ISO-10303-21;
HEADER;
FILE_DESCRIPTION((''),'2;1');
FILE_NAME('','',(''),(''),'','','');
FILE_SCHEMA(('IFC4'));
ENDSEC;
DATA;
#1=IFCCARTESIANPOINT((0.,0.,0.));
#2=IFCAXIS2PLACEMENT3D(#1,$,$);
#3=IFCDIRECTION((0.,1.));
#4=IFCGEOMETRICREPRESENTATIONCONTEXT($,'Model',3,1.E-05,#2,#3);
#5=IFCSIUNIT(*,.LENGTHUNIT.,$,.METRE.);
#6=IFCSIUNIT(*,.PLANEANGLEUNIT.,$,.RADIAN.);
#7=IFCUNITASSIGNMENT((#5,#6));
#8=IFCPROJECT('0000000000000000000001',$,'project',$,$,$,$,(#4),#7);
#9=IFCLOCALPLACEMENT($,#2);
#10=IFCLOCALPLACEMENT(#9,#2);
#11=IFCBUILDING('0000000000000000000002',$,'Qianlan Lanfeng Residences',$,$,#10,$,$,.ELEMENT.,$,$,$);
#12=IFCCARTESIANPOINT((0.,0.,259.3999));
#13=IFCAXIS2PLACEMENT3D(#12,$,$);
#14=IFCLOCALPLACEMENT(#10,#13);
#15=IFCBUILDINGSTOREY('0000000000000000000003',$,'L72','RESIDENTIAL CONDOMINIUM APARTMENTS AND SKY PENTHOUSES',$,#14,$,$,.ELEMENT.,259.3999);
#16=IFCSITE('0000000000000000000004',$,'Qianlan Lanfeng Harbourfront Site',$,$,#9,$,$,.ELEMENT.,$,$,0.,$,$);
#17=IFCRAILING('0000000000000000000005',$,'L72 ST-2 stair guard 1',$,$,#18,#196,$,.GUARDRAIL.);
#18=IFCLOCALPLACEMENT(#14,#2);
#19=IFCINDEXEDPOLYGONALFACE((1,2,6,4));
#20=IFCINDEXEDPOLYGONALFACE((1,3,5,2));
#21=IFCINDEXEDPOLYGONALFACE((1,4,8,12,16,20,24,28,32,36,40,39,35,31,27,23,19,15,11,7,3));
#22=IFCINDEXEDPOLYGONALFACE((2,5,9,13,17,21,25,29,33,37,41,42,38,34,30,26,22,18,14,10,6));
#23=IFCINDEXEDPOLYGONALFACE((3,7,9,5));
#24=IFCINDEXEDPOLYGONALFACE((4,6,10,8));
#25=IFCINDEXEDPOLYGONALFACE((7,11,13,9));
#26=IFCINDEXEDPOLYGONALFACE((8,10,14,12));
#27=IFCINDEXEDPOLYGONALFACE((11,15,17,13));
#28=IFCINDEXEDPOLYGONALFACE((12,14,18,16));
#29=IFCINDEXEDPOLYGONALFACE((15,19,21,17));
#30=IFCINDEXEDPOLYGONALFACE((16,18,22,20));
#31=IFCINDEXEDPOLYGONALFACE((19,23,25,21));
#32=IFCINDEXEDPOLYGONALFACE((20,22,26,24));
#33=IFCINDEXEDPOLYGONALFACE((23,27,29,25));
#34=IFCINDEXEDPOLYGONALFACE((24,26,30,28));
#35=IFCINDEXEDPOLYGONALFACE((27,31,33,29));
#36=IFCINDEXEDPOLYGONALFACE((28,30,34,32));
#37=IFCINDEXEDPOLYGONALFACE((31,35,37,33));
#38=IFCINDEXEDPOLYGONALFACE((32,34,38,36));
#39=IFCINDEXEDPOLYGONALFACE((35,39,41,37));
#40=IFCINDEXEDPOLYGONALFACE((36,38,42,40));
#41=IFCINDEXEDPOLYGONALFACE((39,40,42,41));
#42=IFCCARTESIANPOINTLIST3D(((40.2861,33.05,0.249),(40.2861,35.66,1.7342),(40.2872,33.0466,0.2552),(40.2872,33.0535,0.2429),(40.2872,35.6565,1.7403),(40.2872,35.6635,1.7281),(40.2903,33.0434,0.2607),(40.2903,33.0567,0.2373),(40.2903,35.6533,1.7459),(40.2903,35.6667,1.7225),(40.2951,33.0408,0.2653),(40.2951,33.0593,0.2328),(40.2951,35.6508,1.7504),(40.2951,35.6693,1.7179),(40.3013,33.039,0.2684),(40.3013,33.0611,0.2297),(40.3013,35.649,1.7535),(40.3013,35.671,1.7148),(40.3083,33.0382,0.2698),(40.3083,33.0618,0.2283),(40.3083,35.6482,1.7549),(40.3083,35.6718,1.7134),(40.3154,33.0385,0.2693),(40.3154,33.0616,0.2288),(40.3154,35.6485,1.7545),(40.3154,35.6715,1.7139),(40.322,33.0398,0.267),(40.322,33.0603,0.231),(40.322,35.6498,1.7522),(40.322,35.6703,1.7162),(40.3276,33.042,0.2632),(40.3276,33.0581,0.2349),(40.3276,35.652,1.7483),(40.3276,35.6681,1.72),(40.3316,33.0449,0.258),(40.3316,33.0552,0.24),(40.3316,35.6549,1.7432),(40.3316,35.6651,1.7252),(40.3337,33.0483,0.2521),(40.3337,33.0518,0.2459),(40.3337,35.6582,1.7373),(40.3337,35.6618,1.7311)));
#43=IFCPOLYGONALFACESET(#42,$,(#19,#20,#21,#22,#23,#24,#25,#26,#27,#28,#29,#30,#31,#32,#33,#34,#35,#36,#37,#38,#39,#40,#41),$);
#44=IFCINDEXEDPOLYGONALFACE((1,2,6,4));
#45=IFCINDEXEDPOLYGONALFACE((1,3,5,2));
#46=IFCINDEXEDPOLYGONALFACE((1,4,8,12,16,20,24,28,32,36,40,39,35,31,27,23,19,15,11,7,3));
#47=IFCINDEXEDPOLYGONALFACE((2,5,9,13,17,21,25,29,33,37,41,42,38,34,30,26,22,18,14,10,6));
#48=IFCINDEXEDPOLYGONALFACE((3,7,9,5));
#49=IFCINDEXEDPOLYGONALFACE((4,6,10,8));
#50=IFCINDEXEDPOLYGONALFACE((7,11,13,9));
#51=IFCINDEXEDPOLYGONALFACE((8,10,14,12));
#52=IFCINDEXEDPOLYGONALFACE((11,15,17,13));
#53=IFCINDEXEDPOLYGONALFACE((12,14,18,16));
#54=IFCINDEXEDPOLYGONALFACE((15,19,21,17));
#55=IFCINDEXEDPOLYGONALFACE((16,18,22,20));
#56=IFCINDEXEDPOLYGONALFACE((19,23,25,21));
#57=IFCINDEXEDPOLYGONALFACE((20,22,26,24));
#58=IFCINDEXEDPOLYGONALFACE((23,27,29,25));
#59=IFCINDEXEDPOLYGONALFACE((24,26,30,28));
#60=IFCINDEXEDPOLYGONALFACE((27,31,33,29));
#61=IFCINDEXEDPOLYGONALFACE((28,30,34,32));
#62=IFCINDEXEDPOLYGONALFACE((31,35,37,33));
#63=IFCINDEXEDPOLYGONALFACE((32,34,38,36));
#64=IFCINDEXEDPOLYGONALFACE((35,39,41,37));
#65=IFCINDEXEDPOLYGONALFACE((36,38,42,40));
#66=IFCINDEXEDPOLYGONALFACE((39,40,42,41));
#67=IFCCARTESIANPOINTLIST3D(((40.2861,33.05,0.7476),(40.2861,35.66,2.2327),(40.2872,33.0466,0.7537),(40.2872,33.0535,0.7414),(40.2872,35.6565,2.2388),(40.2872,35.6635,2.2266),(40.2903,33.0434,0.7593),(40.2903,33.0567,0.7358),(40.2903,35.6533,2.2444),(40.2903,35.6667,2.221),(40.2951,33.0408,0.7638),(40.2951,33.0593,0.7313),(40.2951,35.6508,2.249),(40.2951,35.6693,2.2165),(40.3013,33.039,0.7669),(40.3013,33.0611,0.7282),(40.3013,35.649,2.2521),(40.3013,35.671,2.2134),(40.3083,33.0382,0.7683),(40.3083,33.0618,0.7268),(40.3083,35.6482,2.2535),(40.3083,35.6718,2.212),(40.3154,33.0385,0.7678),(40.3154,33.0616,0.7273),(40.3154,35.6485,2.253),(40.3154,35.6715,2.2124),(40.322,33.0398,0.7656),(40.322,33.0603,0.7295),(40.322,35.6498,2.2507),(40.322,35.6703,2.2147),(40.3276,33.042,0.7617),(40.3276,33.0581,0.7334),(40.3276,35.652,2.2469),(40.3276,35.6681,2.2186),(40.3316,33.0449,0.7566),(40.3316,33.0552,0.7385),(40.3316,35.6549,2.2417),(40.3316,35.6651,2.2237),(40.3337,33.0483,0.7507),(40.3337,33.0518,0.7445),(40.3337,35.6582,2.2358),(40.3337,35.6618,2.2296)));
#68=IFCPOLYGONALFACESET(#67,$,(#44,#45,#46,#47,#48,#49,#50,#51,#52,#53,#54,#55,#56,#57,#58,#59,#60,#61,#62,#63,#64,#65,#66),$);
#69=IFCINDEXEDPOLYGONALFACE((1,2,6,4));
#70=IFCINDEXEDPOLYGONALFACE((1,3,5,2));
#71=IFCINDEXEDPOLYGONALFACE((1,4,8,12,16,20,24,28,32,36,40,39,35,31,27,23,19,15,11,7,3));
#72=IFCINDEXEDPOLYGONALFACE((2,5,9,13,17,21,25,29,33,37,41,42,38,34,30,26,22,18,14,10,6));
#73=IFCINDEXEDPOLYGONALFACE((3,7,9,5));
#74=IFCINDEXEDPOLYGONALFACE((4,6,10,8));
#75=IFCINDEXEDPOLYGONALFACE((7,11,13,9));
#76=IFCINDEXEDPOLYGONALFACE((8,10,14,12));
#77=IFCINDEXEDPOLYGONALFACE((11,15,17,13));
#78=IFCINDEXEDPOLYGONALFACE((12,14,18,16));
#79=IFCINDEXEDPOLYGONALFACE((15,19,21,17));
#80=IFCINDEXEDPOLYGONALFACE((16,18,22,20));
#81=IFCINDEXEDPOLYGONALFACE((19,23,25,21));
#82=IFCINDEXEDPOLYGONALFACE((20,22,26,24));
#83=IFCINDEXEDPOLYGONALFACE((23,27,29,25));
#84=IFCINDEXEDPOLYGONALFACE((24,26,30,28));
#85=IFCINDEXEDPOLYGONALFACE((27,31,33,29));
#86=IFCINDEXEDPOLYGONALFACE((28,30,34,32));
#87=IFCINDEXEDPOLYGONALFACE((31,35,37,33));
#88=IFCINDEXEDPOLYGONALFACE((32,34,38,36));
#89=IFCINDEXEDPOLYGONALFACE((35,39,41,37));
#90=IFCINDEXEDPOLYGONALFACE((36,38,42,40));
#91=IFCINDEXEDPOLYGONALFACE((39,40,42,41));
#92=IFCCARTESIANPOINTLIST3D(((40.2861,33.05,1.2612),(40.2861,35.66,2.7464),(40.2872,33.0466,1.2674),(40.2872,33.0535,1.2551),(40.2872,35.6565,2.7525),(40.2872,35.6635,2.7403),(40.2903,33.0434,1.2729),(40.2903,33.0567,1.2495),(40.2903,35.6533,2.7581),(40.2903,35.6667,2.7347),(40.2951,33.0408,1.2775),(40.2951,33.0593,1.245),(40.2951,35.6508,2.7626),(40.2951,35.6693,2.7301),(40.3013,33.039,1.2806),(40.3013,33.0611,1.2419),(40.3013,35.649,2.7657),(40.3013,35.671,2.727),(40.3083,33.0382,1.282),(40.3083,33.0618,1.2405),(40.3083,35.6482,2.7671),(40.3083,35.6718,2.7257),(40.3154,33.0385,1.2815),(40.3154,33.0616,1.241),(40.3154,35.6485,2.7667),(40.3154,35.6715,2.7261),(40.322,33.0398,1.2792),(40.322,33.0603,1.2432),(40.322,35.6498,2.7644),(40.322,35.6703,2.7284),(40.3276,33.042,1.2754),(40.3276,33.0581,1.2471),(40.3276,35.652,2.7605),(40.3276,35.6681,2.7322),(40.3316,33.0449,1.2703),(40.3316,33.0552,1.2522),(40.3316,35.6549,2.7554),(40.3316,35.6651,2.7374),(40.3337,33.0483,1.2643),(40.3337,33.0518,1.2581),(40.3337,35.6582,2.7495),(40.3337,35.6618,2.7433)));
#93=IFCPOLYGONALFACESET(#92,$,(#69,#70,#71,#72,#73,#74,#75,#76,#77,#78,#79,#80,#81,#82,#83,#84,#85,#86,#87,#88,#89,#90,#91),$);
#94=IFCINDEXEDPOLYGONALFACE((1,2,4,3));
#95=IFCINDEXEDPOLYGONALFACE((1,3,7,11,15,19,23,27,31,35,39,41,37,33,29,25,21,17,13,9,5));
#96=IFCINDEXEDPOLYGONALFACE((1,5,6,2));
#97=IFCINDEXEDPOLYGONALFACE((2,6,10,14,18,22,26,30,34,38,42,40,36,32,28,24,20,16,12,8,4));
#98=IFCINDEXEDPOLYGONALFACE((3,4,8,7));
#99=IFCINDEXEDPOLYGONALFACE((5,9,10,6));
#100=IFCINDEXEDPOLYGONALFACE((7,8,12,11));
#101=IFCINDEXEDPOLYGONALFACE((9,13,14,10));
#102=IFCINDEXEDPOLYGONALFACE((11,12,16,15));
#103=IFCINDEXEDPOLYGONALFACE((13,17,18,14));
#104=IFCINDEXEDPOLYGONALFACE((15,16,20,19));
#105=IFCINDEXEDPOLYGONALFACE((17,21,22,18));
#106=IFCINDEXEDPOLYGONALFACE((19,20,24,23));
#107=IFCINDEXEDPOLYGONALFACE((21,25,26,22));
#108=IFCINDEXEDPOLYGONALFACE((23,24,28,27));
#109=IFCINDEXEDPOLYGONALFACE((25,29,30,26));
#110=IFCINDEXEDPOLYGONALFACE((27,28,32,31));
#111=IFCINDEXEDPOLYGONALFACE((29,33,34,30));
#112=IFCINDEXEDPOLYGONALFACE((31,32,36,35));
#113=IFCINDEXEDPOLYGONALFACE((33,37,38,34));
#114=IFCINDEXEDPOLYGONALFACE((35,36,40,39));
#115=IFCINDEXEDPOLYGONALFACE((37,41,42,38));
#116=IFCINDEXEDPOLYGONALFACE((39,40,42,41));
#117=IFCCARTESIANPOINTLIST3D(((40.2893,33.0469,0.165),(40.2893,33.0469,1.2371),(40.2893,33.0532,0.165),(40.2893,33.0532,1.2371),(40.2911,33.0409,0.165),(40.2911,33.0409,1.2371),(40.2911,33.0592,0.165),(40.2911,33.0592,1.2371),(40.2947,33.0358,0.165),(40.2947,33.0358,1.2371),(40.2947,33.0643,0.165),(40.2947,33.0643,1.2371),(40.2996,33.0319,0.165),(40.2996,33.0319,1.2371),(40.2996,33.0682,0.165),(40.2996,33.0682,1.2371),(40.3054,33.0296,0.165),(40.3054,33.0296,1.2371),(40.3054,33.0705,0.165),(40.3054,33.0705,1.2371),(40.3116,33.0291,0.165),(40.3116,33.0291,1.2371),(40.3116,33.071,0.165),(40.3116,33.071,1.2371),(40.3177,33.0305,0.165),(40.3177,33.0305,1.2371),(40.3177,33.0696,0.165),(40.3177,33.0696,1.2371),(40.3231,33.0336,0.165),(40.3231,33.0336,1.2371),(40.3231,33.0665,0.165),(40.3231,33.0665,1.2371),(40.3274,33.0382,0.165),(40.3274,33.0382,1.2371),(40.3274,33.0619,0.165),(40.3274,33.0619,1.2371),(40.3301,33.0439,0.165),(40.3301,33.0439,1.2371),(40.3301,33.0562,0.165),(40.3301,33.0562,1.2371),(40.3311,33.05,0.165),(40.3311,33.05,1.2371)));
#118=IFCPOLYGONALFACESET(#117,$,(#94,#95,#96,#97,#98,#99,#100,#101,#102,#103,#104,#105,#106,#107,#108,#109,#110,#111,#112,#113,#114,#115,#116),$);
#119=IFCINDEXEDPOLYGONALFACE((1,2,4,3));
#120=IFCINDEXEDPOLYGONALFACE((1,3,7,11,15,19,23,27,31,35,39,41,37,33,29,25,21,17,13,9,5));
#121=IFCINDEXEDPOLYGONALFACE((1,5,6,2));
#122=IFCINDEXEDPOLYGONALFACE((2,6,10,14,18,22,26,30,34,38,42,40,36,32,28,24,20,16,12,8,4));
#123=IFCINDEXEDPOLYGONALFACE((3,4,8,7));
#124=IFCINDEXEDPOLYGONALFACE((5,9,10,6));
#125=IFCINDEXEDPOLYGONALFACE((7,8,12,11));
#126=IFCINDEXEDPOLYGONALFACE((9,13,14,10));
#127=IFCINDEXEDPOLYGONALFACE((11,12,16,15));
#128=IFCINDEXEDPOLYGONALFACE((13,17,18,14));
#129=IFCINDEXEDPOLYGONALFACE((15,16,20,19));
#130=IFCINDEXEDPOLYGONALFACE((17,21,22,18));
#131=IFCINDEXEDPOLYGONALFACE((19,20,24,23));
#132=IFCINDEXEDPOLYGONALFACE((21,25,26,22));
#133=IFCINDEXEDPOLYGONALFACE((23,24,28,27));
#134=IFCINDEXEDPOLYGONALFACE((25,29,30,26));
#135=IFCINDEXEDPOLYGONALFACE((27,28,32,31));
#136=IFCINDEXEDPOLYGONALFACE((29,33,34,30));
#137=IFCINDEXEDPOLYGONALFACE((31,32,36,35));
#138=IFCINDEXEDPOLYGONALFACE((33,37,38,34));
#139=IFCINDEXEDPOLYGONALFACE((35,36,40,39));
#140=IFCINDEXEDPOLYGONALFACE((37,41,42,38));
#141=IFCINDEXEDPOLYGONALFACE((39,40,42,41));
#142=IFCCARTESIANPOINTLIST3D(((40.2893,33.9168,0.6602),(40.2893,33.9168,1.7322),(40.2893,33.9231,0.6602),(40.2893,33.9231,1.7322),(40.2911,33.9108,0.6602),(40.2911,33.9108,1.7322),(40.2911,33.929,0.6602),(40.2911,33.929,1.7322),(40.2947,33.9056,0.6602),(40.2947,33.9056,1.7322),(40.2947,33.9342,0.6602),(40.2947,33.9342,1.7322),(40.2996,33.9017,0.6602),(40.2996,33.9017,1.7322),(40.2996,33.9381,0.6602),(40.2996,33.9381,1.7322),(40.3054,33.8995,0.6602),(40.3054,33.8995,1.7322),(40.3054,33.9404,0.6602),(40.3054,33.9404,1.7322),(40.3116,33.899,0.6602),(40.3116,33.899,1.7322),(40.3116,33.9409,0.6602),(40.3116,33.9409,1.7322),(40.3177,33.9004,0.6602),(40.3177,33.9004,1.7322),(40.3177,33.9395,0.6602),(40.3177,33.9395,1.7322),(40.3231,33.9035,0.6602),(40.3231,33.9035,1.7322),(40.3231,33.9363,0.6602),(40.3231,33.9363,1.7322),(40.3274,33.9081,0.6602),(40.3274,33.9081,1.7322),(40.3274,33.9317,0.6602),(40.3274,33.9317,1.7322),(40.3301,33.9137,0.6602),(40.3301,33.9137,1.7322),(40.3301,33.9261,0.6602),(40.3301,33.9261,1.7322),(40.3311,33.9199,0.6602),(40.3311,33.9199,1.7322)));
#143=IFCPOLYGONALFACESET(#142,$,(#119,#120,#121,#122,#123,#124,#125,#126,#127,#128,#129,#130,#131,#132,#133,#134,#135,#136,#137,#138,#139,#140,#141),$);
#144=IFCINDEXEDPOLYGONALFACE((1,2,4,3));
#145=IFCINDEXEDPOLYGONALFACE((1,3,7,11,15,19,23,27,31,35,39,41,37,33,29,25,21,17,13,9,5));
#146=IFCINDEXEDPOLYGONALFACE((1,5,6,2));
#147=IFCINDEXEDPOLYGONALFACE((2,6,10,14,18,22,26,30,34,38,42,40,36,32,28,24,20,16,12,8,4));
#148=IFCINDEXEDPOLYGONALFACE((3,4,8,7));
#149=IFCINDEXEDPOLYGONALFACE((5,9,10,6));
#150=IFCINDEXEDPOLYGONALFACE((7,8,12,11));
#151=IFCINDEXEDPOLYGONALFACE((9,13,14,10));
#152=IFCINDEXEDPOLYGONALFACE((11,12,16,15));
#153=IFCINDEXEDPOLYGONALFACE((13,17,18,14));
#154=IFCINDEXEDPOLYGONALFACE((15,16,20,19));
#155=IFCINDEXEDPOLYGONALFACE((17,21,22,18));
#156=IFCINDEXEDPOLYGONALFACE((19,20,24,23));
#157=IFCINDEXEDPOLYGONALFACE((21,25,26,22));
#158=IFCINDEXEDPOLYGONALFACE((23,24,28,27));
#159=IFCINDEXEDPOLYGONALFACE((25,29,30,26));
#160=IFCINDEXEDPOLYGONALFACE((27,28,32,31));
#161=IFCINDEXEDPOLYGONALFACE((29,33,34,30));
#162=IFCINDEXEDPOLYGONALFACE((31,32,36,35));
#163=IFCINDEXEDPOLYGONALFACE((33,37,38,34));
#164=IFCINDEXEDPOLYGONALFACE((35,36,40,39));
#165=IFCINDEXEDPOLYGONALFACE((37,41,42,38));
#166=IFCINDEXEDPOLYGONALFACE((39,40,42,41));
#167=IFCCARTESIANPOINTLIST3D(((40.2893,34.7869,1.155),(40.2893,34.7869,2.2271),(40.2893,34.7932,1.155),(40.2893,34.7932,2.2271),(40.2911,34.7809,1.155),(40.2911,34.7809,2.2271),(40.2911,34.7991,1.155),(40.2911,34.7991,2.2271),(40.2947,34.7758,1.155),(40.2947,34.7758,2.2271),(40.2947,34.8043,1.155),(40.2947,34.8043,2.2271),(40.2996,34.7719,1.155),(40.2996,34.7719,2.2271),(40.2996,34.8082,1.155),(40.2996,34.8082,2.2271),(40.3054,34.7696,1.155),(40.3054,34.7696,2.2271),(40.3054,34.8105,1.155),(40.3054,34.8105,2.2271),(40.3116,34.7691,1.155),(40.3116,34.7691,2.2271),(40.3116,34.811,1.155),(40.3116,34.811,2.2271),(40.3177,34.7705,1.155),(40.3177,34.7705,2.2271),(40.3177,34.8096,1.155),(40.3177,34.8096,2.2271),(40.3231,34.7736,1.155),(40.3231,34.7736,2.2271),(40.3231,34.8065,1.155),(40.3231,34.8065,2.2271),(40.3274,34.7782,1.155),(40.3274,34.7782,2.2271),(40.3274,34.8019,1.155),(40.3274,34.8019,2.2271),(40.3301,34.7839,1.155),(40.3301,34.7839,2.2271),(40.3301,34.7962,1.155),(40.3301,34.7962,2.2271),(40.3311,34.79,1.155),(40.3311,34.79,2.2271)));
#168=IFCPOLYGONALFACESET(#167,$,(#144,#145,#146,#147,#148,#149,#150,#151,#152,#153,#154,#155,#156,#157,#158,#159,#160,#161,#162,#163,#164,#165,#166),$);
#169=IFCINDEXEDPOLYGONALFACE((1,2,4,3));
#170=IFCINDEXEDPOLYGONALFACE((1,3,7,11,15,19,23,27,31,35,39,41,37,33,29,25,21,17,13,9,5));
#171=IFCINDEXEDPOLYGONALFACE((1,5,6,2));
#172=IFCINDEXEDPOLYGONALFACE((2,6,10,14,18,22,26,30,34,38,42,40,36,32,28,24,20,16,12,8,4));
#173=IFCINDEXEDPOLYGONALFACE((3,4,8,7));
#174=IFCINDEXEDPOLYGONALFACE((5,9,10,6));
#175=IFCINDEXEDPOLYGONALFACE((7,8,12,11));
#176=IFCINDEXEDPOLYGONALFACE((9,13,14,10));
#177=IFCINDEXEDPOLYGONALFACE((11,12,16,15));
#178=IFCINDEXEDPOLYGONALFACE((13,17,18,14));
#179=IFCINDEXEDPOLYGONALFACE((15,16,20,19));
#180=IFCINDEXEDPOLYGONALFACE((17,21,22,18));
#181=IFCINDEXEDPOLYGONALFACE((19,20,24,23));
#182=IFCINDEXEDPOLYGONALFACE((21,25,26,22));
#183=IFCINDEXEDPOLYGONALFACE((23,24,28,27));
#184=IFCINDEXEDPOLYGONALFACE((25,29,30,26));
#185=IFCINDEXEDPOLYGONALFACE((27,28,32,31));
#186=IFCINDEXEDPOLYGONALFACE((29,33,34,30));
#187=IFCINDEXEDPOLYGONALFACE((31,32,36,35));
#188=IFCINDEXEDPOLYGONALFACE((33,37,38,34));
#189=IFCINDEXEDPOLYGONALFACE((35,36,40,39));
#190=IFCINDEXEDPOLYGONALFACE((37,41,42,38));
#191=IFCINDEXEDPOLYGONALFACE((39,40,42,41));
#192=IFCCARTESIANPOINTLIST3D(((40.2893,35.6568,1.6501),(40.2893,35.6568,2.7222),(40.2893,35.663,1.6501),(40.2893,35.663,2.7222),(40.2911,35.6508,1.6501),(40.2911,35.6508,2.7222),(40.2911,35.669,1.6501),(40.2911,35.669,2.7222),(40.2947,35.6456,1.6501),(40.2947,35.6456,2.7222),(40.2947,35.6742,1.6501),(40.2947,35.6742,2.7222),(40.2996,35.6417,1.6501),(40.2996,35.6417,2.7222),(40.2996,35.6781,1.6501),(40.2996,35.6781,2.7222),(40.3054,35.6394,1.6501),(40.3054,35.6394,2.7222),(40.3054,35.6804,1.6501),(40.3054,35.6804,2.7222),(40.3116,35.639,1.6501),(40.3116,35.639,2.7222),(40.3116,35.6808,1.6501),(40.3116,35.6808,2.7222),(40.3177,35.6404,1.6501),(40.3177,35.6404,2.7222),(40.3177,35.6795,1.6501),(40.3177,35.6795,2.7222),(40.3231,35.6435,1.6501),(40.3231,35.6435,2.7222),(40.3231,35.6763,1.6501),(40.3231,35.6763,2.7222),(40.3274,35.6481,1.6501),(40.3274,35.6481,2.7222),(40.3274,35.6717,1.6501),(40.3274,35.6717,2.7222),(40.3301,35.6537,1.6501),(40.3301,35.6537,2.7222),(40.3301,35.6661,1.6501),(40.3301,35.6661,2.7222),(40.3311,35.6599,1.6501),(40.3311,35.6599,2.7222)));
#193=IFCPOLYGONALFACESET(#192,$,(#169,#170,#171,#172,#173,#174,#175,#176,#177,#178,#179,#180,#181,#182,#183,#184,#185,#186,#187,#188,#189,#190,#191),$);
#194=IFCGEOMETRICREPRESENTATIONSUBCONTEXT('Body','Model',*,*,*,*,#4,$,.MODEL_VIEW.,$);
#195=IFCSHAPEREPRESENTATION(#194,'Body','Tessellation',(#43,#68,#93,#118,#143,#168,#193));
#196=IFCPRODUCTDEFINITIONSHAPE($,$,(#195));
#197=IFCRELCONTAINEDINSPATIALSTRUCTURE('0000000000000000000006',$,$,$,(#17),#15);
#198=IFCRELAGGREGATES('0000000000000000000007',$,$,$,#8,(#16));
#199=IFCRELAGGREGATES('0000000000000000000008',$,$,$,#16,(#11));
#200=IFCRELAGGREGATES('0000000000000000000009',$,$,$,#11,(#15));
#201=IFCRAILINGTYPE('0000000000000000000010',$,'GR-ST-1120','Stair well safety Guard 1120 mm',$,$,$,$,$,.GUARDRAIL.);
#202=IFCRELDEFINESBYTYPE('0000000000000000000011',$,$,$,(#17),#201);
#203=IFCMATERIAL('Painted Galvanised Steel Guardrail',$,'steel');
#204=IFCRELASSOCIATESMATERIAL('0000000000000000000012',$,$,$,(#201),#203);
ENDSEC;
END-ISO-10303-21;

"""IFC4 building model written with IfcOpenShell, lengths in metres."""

from ifc_helpers import new_model, si_unit, direction, frame, origin, origin_2d, place, context, subcontext, project, spatial, circle, extrude, material, type_object, element, save


model = new_model("IFC4")

# Units and contexts
model_context = context("Model", 3, precision=1e-05, world=origin(), true_north=direction((0.0, 1.0)))
body_context = subcontext(model_context, "Body", "Model", "MODEL_VIEW")
ifc_project = project(units=[si_unit("LENGTHUNIT", "METRE"), si_unit("PLANEANGLEUNIT", "RADIAN")], contexts=[model_context])

# Site, building, storey
site_placement = place(None, origin())
site = spatial("IfcSite", under=ifc_project, at=site_placement, Name="Qianlan Lanfeng Harbourfront Site", CompositionType="ELEMENT", RefElevation=0.0)
building_placement = place(site_placement, origin())
building = spatial("IfcBuilding", under=site, at=building_placement, Name="Qianlan Lanfeng Residences", CompositionType="ELEMENT")
storey_placement = place(building_placement, frame((0.0, 0.0, 259.3999)))
storey = spatial("IfcBuildingStorey", under=building, at=storey_placement, Name="L72", Description="RESIDENTIAL CONDOMINIUM APARTMENTS AND SKY PENTHOUSES", CompositionType="ELEMENT", Elevation=259.3999)

# Railing
ifc_material_1 = material(Name="Painted Galvanised Steel Guardrail", Category="steel")
railing_type_1 = type_object("IfcRailingType", Name="GR-ST-1120", Description="Stair well safety Guard 1120 mm", PredefinedType="GUARDRAIL", material=ifc_material_1)
railing_1_placement = place(storey_placement, frame((40.3101, 33.05, 0.165)))
element("IfcRailing", 1, at=railing_1_placement, inside=storey, type_object=railing_type_1, Name="L72 ST-2 stair guard 1", PredefinedType="GUARDRAIL", context=body_context, shape_type="SweptSolid", body=[
    extrude(circle(Radius=0.0239, at=origin_2d()), frame((0.0, 0.0, 0.084), z_axis=(0.0, 0.869137, 0.494571), x_axis=(-1.0, 0.0, 0.0)), (0.0, 0.0, 1.0), 3.0029),
    extrude(circle(Radius=0.0239, at=origin_2d()), frame((0.0, 0.0, 0.5825), z_axis=(0.0, 0.869137, 0.494571), x_axis=(-1.0, 0.0, 0.0)), (0.0, 0.0, 1.0), 3.0029),
    extrude(circle(Radius=0.0239, at=origin_2d()), frame((0.0, 0.0, 1.0962), z_axis=(0.0, 0.869137, 0.494571), x_axis=(-1.0, 0.0, 0.0)), (0.0, 0.0, 1.0), 3.0029),
    extrude(circle(Radius=0.021, at=origin_2d()), origin(), (0.0, 0.0, 1.0), 1.072),
    extrude(circle(Radius=0.021, at=origin_2d()), frame((0.0, 0.8699, 0.4951)), (0.0, 0.0, 1.0), 1.072),
    extrude(circle(Radius=0.021, at=origin_2d()), frame((0.0, 1.74, 0.99)), (0.0, 0.0, 1.0), 1.072),
    extrude(circle(Radius=0.021, at=origin_2d()), frame((0.0, 2.6099, 1.4851)), (0.0, 0.0, 1.0), 1.072),
])

save(model, "model.ifc")
